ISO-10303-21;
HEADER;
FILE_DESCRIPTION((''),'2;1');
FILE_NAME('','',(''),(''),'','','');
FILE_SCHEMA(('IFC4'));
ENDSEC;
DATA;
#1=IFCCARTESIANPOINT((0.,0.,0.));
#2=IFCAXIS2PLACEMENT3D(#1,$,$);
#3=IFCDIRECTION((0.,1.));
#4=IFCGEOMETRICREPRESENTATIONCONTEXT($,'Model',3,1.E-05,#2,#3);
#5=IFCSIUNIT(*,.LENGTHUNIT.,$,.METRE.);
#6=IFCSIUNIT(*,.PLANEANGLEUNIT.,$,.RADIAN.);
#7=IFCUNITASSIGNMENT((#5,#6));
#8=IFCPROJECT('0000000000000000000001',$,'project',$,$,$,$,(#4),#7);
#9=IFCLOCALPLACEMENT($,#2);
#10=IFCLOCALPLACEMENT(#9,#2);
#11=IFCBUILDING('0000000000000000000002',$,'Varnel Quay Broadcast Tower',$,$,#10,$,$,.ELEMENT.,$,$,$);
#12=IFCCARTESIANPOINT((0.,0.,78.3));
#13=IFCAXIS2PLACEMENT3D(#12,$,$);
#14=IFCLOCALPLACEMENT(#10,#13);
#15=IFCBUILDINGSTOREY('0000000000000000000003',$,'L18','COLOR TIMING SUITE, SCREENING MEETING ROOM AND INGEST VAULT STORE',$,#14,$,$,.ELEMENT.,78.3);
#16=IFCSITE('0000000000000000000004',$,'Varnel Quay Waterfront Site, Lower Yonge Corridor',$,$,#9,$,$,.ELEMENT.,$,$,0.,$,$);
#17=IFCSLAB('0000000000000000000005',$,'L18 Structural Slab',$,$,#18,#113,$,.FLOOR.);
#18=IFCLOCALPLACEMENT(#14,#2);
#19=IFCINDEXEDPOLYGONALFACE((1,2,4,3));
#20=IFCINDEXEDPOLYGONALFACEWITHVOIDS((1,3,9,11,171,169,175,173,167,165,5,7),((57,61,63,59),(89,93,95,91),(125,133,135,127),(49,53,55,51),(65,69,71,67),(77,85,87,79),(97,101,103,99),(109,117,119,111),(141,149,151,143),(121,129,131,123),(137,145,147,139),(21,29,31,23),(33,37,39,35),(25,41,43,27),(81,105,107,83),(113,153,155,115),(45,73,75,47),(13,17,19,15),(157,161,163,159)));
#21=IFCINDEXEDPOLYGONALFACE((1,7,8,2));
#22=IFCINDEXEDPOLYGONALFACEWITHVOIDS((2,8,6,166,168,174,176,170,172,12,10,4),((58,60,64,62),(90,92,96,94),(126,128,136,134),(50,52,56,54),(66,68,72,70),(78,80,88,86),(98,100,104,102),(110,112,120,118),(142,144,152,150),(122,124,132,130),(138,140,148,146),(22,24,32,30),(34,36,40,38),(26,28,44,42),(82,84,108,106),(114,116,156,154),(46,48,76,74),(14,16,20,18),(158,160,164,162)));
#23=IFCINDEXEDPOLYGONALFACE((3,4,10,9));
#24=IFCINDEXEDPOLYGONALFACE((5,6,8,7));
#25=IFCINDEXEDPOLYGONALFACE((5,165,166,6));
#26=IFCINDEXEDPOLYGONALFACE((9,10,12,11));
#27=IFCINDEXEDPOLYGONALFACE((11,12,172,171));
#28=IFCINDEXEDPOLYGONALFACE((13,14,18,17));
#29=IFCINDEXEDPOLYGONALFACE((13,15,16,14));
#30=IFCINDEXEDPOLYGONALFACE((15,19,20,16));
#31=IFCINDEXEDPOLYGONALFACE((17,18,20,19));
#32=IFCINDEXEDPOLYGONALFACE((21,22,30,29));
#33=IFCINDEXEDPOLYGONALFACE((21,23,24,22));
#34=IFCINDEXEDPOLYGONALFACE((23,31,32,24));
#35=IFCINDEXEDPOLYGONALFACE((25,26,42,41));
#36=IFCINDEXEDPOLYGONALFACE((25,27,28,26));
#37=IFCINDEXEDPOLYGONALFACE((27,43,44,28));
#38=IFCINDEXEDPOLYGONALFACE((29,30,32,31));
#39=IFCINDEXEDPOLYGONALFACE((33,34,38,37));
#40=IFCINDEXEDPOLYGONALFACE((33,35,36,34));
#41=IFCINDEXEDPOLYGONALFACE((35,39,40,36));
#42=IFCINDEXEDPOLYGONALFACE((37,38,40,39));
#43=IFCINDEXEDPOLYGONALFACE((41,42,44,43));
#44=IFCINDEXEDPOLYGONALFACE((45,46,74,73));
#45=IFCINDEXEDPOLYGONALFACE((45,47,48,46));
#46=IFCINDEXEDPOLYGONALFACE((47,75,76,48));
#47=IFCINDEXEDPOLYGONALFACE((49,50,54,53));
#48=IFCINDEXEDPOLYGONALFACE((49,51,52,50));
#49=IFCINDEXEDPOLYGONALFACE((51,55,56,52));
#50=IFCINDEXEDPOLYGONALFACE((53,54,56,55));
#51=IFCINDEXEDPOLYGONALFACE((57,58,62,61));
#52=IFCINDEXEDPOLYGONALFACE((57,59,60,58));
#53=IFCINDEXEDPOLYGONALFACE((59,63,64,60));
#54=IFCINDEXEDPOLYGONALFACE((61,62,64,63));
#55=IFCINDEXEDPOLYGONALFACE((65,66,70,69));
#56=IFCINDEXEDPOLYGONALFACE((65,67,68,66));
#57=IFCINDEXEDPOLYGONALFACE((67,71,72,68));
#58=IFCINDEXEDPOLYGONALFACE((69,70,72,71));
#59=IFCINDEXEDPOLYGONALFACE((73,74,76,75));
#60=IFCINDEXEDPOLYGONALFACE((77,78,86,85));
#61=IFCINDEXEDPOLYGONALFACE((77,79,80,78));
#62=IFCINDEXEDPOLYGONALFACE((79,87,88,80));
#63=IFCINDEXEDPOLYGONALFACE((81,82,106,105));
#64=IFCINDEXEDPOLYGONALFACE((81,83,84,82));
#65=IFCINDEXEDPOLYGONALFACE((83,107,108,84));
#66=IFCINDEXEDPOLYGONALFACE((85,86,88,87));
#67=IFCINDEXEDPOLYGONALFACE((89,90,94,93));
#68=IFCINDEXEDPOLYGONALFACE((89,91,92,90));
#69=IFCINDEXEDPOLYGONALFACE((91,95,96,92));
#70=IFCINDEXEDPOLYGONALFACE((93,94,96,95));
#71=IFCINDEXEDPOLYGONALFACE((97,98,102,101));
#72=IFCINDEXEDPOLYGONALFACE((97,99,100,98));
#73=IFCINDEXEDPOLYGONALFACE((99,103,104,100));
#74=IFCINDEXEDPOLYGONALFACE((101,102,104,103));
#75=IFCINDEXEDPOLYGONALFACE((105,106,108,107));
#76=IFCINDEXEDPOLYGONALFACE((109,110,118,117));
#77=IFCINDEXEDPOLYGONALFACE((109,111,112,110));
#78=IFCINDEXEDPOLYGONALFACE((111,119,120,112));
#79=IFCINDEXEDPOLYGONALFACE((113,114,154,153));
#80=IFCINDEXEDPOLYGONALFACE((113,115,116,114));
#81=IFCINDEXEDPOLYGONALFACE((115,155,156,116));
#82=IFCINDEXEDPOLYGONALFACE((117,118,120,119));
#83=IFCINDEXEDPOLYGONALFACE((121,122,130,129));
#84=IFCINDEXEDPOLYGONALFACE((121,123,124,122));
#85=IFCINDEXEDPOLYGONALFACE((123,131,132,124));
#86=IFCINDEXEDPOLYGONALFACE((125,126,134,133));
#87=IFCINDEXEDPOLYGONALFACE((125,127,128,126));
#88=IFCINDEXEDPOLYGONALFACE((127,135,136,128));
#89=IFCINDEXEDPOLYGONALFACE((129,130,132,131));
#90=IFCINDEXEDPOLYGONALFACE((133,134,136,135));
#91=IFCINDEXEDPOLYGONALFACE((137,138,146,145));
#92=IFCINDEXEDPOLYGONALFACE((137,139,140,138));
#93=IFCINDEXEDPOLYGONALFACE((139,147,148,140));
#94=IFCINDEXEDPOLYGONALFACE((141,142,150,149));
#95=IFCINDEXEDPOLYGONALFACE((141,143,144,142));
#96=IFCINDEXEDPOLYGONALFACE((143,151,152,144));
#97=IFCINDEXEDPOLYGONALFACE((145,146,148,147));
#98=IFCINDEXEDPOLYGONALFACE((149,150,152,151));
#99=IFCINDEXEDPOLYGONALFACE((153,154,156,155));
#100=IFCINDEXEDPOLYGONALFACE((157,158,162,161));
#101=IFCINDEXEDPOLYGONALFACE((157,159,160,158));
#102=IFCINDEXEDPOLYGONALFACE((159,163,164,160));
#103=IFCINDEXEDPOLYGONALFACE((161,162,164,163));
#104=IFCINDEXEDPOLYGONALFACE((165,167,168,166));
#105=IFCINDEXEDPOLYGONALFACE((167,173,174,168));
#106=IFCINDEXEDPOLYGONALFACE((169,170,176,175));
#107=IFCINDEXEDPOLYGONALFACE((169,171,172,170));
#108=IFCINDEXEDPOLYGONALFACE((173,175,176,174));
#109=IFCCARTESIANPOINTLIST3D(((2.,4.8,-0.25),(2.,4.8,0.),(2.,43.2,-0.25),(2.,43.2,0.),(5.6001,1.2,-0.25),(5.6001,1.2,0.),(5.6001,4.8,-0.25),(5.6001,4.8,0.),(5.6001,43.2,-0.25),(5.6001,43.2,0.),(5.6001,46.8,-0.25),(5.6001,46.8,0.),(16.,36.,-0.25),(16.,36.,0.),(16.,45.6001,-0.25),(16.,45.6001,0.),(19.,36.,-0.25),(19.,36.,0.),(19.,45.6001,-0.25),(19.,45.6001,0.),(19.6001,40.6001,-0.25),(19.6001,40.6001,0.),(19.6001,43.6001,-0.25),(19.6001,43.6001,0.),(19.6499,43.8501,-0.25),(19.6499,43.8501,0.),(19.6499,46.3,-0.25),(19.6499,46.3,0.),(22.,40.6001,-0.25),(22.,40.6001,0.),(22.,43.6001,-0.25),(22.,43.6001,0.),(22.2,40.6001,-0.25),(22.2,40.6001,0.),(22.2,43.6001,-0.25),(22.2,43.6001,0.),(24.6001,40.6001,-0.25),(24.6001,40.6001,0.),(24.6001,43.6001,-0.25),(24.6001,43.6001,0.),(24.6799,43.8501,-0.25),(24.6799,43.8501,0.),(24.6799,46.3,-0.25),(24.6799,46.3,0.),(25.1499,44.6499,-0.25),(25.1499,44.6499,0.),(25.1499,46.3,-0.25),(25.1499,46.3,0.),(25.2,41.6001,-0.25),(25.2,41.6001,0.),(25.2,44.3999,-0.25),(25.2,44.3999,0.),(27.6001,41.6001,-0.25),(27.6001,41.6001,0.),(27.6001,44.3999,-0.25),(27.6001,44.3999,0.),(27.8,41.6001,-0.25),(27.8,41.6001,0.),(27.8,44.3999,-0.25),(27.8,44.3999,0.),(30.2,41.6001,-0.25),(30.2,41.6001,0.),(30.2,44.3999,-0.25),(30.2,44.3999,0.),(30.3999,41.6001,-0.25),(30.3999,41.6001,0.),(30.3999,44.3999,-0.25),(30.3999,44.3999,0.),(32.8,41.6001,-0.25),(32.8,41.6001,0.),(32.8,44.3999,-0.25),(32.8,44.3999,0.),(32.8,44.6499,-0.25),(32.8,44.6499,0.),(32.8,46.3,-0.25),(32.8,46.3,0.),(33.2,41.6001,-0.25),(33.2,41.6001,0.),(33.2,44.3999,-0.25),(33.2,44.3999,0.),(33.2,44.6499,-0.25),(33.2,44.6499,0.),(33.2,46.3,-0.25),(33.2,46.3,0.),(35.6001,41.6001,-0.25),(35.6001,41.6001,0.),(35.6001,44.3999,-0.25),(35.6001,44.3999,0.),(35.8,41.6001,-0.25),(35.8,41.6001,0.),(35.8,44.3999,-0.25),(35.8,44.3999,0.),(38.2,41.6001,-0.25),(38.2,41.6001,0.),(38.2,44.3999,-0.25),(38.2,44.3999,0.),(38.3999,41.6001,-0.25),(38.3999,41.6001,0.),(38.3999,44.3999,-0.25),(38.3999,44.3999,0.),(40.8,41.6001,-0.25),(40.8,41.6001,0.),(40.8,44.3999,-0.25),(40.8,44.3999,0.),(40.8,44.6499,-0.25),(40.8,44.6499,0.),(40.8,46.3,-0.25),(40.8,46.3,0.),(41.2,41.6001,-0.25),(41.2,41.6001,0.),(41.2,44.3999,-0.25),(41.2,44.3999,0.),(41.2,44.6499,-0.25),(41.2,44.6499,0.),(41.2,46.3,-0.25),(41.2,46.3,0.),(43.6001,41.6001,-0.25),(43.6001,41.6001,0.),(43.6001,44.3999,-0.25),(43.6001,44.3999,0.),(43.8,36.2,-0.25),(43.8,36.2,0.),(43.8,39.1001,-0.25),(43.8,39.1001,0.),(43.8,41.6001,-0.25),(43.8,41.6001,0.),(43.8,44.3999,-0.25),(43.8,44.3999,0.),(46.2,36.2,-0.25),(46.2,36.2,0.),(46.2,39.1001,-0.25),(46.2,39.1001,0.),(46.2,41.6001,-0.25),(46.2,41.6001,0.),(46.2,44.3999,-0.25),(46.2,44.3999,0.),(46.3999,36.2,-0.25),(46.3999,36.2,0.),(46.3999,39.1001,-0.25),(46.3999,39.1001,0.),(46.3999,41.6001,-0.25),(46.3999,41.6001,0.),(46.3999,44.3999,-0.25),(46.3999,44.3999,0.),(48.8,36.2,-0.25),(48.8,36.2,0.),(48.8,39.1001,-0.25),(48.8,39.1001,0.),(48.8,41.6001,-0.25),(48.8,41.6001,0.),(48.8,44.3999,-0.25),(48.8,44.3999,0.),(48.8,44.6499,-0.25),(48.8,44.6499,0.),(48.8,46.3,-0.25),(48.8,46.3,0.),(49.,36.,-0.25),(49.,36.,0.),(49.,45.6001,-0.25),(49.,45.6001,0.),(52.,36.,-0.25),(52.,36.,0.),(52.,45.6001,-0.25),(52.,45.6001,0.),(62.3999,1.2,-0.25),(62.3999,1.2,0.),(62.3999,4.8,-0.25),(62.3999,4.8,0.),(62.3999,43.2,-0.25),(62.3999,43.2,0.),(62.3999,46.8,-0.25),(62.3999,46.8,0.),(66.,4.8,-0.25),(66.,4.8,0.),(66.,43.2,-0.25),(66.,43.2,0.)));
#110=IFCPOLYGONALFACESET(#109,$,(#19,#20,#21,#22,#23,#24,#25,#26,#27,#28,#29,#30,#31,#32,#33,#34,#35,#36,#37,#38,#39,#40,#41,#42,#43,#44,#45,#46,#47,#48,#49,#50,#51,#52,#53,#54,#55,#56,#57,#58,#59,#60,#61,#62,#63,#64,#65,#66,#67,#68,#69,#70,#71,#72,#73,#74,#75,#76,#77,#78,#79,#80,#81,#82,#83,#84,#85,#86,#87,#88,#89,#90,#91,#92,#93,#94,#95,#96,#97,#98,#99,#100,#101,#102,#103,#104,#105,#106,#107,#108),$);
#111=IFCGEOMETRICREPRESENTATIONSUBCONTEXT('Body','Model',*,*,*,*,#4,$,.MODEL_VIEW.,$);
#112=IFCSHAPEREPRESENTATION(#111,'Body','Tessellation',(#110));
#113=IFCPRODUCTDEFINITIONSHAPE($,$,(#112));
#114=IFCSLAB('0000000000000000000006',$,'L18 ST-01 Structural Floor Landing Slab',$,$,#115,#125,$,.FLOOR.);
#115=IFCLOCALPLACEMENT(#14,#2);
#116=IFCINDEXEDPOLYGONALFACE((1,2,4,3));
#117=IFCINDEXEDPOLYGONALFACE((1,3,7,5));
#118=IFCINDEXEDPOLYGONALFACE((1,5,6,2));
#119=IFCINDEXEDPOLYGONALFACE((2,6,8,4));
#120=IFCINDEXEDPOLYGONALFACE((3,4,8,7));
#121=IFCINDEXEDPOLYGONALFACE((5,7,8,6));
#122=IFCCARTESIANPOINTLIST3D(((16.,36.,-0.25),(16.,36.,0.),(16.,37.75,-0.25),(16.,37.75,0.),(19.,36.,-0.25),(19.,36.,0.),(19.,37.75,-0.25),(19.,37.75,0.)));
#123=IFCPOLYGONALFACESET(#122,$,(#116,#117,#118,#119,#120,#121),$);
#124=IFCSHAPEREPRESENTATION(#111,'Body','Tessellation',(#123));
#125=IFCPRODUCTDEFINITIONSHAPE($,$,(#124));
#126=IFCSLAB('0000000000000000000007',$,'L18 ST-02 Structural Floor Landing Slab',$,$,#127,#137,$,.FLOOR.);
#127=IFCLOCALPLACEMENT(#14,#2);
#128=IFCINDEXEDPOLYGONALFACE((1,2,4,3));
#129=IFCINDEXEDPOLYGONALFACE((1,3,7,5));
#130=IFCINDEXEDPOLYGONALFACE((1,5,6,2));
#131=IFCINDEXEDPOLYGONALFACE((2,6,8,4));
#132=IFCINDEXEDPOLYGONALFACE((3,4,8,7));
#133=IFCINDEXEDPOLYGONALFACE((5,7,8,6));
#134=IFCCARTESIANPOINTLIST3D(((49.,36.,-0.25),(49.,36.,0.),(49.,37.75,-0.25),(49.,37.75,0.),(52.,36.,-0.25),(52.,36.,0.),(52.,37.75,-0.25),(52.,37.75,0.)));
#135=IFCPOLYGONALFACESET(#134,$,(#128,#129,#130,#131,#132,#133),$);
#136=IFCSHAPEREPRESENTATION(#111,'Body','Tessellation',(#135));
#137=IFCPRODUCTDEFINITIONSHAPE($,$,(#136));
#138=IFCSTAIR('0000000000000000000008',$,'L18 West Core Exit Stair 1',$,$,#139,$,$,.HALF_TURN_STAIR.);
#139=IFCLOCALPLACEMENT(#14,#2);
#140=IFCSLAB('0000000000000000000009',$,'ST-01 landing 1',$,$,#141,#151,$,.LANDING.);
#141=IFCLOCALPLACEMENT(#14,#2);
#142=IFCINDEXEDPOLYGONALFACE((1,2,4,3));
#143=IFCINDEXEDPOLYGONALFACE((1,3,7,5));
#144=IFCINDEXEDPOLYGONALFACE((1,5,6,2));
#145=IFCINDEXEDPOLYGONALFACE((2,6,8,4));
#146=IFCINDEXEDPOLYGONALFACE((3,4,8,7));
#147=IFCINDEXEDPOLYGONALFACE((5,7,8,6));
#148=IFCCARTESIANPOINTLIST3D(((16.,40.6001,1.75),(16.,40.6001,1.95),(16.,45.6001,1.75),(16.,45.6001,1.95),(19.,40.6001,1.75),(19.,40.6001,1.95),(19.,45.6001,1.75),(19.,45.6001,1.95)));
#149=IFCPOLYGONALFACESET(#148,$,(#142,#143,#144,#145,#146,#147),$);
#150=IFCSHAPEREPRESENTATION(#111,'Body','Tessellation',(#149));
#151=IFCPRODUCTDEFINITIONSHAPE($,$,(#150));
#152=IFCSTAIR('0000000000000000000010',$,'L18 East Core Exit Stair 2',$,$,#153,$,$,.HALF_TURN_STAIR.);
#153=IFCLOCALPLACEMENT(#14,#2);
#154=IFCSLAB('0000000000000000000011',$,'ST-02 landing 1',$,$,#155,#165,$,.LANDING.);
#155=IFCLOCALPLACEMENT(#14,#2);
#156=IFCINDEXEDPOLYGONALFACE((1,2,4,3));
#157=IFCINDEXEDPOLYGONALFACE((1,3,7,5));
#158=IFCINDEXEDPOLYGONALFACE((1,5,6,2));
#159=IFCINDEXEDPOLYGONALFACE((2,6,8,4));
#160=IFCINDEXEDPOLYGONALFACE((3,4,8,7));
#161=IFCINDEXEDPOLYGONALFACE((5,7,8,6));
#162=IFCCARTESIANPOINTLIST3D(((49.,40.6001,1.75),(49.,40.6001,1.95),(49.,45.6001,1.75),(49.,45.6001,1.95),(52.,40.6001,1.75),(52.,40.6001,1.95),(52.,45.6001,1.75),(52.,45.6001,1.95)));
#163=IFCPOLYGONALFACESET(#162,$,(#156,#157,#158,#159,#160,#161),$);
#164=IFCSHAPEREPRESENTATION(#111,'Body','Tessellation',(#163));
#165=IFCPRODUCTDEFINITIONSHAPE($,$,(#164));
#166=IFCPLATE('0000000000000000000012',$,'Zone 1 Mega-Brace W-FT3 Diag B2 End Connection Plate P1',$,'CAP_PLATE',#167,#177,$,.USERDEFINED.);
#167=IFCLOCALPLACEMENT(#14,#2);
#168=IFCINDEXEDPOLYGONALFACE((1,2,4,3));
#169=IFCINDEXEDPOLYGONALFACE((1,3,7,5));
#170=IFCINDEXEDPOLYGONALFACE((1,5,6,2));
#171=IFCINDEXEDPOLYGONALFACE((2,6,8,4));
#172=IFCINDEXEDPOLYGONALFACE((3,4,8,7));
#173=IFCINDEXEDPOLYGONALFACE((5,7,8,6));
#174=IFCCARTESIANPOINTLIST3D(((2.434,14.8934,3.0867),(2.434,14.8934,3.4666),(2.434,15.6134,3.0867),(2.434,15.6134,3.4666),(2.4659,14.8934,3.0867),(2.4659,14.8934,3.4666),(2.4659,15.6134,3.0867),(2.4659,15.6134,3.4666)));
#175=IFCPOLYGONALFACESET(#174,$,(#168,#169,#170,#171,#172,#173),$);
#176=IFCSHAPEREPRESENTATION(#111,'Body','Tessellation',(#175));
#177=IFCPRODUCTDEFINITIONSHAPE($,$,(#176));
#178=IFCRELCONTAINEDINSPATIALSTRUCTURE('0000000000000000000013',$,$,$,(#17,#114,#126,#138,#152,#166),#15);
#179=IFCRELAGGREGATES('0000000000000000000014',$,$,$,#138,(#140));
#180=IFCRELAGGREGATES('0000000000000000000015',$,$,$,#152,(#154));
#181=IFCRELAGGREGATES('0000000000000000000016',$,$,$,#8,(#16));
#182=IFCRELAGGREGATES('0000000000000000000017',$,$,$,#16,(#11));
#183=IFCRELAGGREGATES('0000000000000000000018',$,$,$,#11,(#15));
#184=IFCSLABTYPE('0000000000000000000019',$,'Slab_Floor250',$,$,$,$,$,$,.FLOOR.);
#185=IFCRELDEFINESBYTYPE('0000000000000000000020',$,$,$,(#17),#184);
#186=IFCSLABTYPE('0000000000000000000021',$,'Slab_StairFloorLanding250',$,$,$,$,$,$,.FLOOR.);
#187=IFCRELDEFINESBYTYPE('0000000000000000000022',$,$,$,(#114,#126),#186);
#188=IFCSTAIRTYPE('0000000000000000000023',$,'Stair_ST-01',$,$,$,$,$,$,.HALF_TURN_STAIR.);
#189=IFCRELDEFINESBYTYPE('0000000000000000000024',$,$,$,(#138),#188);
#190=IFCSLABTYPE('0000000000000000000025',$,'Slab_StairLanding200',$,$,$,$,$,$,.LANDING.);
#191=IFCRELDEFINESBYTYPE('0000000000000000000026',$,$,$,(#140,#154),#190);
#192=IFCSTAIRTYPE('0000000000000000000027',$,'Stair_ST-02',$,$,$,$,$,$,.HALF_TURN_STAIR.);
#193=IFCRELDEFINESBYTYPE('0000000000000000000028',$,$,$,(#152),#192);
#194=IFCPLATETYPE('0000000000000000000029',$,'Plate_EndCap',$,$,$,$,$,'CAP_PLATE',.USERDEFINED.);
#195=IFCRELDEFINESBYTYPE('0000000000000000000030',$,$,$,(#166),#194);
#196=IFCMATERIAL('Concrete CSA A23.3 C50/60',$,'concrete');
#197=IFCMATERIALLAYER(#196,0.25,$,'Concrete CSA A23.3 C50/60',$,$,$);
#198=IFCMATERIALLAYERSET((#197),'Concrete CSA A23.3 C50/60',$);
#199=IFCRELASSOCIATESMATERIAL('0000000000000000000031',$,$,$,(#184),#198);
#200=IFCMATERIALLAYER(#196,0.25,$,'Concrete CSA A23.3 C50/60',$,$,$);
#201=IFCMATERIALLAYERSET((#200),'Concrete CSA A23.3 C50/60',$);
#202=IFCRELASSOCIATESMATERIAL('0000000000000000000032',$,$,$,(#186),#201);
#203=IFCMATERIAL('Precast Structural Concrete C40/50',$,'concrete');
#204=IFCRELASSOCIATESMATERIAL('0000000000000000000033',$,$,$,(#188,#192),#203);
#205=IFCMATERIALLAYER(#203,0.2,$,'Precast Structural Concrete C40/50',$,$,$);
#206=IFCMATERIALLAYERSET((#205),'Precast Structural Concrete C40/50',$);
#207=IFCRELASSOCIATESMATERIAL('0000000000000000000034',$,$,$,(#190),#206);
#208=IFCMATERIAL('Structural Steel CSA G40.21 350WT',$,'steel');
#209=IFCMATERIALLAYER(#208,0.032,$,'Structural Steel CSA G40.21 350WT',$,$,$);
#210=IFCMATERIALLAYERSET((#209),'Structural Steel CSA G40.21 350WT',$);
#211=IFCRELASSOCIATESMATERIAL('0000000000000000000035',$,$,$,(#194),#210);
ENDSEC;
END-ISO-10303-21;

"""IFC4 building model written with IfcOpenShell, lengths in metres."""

from ifc_helpers import new_model, si_unit, direction, frame, origin, origin_2d, place, context, subcontext, project, spatial, polyline, rectangle, outline, extrude, source, transform, mapped, material, layer, layer_set, type_object, type_shapes, element, aggregate, save


model = new_model("IFC4")

# Units and contexts
model_context = context("Model", 3, precision=1e-05, world=origin(), true_north=direction((0.0, 1.0)))
body_context = subcontext(model_context, "Body", "Model", "MODEL_VIEW")
ifc_project = project(units=[si_unit("LENGTHUNIT", "METRE"), si_unit("PLANEANGLEUNIT", "RADIAN")], contexts=[model_context])

# Site, building, storey
site_placement = place(None, origin())
site = spatial("IfcSite", under=ifc_project, at=site_placement, Name="Varnel Quay Waterfront Site, Lower Yonge Corridor", CompositionType="ELEMENT", RefElevation=0.0)
building_placement = place(site_placement, origin())
building = spatial("IfcBuilding", under=site, at=building_placement, Name="Varnel Quay Broadcast Tower", CompositionType="ELEMENT")
storey_placement = place(building_placement, frame((0.0, 0.0, 78.3)))
storey = spatial("IfcBuildingStorey", under=building, at=storey_placement, Name="L18", Description="COLOR TIMING SUITE, SCREENING MEETING ROOM AND INGEST VAULT STORE", CompositionType="ELEMENT", Elevation=78.3)

# Slabs
ifc_material_1 = material(Name="Concrete CSA A23.3 C50/60", Category="concrete")
ifc_layer_1 = layer(ifc_material_1, 0.25, Name="Concrete CSA A23.3 C50/60")
ifc_layer_set_1 = layer_set([ifc_layer_1], Name="Concrete CSA A23.3 C50/60")
slab_type_1 = type_object("IfcSlabType", Name="Slab_Floor250", PredefinedType="FLOOR", material=ifc_layer_set_1)
slab_1_placement = place(storey_placement, frame((0.0, 0.0, -0.25)))
element("IfcSlab", 1, at=slab_1_placement, inside=storey, type_object=slab_type_1, Name="L18 Structural Slab", PredefinedType="FLOOR", context=body_context, shape_type="SweptSolid", body=[
    extrude(outline(polyline([(5.6001, 1.2), (62.3999, 1.2), (62.3999, 4.8), (66.0, 4.8), (66.0, 43.2), (62.3999, 43.2), (62.3999, 46.8), (5.6001, 46.8), (5.6001, 43.2), (2.0, 43.2), (2.0, 4.8), (5.6001, 4.8), (5.6001, 1.2)]), holes=[polyline([(16.0, 36.0), (16.0, 45.6001), (19.0, 45.6001), (19.0, 36.0), (16.0, 36.0)]), polyline([(19.6001, 43.6001), (22.0, 43.6001), (22.0, 40.6001), (19.6001, 40.6001), (19.6001, 43.6001)]), polyline([(22.2, 43.6001), (24.6001, 43.6001), (24.6001, 40.6001), (22.2, 40.6001), (22.2, 43.6001)]), polyline([(25.2, 44.3999), (27.6001, 44.3999), (27.6001, 41.6001), (25.2, 41.6001), (25.2, 44.3999)]), polyline([(27.8, 44.3999), (30.2, 44.3999), (30.2, 41.6001), (27.8, 41.6001), (27.8, 44.3999)]), polyline([(30.3999, 44.3999), (32.8, 44.3999), (32.8, 41.6001), (30.3999, 41.6001), (30.3999, 44.3999)]), polyline([(33.2, 44.3999), (35.6001, 44.3999), (35.6001, 41.6001), (33.2, 41.6001), (33.2, 44.3999)]), polyline([(38.2, 44.3999), (38.2, 41.6001), (35.8, 41.6001), (35.8, 44.3999), (38.2, 44.3999)]), polyline([(24.6799, 46.3), (24.6799, 43.8501), (19.6499, 43.8501), (19.6499, 46.3), (24.6799, 46.3)]), polyline([(25.1499, 46.3), (32.8, 46.3), (32.8, 44.6499), (25.1499, 44.6499), (25.1499, 46.3)]), polyline([(43.8, 39.1001), (46.2, 39.1001), (46.2, 36.2), (43.8, 36.2), (43.8, 39.1001)]), polyline([(46.3999, 39.1001), (48.8, 39.1001), (48.8, 36.2), (46.3999, 36.2), (46.3999, 39.1001)]), polyline([(49.0, 45.6001), (52.0, 45.6001), (52.0, 36.0), (49.0, 36.0), (49.0, 45.6001)]), polyline([(40.8, 44.3999), (40.8, 41.6001), (38.3999, 41.6001), (38.3999, 44.3999), (40.8, 44.3999)]), polyline([(41.2, 44.3999), (43.6001, 44.3999), (43.6001, 41.6001), (41.2, 41.6001), (41.2, 44.3999)]), polyline([(43.8, 44.3999), (46.2, 44.3999), (46.2, 41.6001), (43.8, 41.6001), (43.8, 44.3999)]), polyline([(46.3999, 44.3999), (48.8, 44.3999), (48.8, 41.6001), (46.3999, 41.6001), (46.3999, 44.3999)]), polyline([(40.8, 46.3), (40.8, 44.6499), (33.2, 44.6499), (33.2, 46.3), (40.8, 46.3)]), polyline([(48.8, 46.3), (48.8, 44.6499), (41.2, 44.6499), (41.2, 46.3), (48.8, 46.3)])]), origin(), (0.0, 0.0, 1.0), 0.25),
])
ifc_layer_2 = layer(ifc_material_1, 0.25, Name="Concrete CSA A23.3 C50/60")
ifc_layer_set_2 = layer_set([ifc_layer_2], Name="Concrete CSA A23.3 C50/60")
slab_type_2 = type_object("IfcSlabType", Name="Slab_StairFloorLanding250", PredefinedType="FLOOR", material=ifc_layer_set_2)
slab_2_placement = place(storey_placement, frame((0.0, 0.0, -0.25)))
element("IfcSlab", 2, at=slab_2_placement, inside=storey, type_object=slab_type_2, Name="L18 ST-01 Structural Floor Landing Slab", PredefinedType="FLOOR", context=body_context, shape_type="SweptSolid", body=[
    extrude(outline(polyline([(19.0, 36.0), (19.0, 37.75), (16.0, 37.75), (16.0, 36.0), (19.0, 36.0)])), origin(), (0.0, 0.0, 1.0), 0.25),
])
slab_3_placement = place(storey_placement, frame((0.0, 0.0, -0.25)))
element("IfcSlab", 3, at=slab_3_placement, inside=storey, type_object=slab_type_2, Name="L18 ST-02 Structural Floor Landing Slab", PredefinedType="FLOOR", context=body_context, shape_type="SweptSolid", body=[
    extrude(outline(polyline([(52.0, 36.0), (52.0, 37.75), (49.0, 37.75), (49.0, 36.0), (52.0, 36.0)])), origin(), (0.0, 0.0, 1.0), 0.25),
])

# Stairs, slabs
ifc_material_2 = material(Name="Precast Structural Concrete C40/50", Category="concrete")
stair_type_1 = type_object("IfcStairType", Name="Stair_ST-01", PredefinedType="HALF_TURN_STAIR", material=ifc_material_2)
stair_1_placement = place(storey_placement, origin())
stair_1 = element("IfcStair", 4, at=stair_1_placement, inside=storey, type_object=stair_type_1, Name="L18 West Core Exit Stair 1", PredefinedType="HALF_TURN_STAIR")
ifc_layer_3 = layer(ifc_material_2, 0.2, Name="Precast Structural Concrete C40/50")
ifc_layer_set_3 = layer_set([ifc_layer_3], Name="Precast Structural Concrete C40/50")
slab_type_3 = type_object("IfcSlabType", Name="Slab_StairLanding200", PredefinedType="LANDING", material=ifc_layer_set_3)
slab_4_placement = place(storey_placement, frame((0.0, 0.0, 1.75)))
slab_4 = element("IfcSlab", 5, at=slab_4_placement, type_object=slab_type_3, Name="ST-01 landing 1", PredefinedType="LANDING", context=body_context, shape_type="SweptSolid", body=[
    extrude(outline(polyline([(19.0, 40.6001), (19.0, 45.6001), (16.0, 45.6001), (16.0, 40.6001), (19.0, 40.6001)])), origin(), (0.0, 0.0, 1.0), 0.2),
])
aggregate(stair_1, [slab_4])
stair_type_2 = type_object("IfcStairType", Name="Stair_ST-02", PredefinedType="HALF_TURN_STAIR", material=ifc_material_2)
stair_2_placement = place(storey_placement, origin())
stair_2 = element("IfcStair", 6, at=stair_2_placement, inside=storey, type_object=stair_type_2, Name="L18 East Core Exit Stair 2", PredefinedType="HALF_TURN_STAIR")
slab_5_placement = place(storey_placement, frame((0.0, 0.0, 1.75)))
slab_5 = element("IfcSlab", 7, at=slab_5_placement, type_object=slab_type_3, Name="ST-02 landing 1", PredefinedType="LANDING", context=body_context, shape_type="SweptSolid", body=[
    extrude(outline(polyline([(52.0, 40.6001), (52.0, 45.6001), (49.0, 45.6001), (49.0, 40.6001), (52.0, 40.6001)])), origin(), (0.0, 0.0, 1.0), 0.2),
])
aggregate(stair_2, [slab_5])

# Plate
ifc_material_3 = material(Name="Structural Steel CSA G40.21 350WT", Category="steel")
ifc_layer_4 = layer(ifc_material_3, 0.032, Name="Structural Steel CSA G40.21 350WT")
ifc_layer_set_4 = layer_set([ifc_layer_4], Name="Structural Steel CSA G40.21 350WT")
plate_type_1 = type_object("IfcPlateType", Name="Plate_EndCap", ElementType="CAP_PLATE", PredefinedType="USERDEFINED", material=ifc_layer_set_4)
shared_shape_1 = source(origin(), body_context, "Body", "SweptSolid", [
    extrude(rectangle(XDim=0.72, YDim=0.032, at=origin_2d()), origin(), (0.0, 0.0, 1.0), 0.3799),
])
type_shapes(plate_type_1, [shared_shape_1])
plate_1_placement = place(storey_placement, frame((2.45, 15.2534, 3.0867), z_axis=(0.0, 0.0, 1.0), x_axis=(0.0, 1.0, 0.0)))
element("IfcPlate", 8, at=plate_1_placement, inside=storey, type_object=plate_type_1, Name="Zone 1 Mega-Brace W-FT3 Diag B2 End Connection Plate P1", ObjectType="CAP_PLATE", PredefinedType="USERDEFINED", context=body_context, shape_type="MappedRepresentation", body=[
    mapped(shared_shape_1, transform((0.0, 0.0, 0.0), x_axis=(1.0, 0.0, 0.0), y_axis=(0.0, 1.0, 0.0), z_axis=(0.0, 0.0, 1.0), scale=1.0)),
])

save(model, "model.ifc")
